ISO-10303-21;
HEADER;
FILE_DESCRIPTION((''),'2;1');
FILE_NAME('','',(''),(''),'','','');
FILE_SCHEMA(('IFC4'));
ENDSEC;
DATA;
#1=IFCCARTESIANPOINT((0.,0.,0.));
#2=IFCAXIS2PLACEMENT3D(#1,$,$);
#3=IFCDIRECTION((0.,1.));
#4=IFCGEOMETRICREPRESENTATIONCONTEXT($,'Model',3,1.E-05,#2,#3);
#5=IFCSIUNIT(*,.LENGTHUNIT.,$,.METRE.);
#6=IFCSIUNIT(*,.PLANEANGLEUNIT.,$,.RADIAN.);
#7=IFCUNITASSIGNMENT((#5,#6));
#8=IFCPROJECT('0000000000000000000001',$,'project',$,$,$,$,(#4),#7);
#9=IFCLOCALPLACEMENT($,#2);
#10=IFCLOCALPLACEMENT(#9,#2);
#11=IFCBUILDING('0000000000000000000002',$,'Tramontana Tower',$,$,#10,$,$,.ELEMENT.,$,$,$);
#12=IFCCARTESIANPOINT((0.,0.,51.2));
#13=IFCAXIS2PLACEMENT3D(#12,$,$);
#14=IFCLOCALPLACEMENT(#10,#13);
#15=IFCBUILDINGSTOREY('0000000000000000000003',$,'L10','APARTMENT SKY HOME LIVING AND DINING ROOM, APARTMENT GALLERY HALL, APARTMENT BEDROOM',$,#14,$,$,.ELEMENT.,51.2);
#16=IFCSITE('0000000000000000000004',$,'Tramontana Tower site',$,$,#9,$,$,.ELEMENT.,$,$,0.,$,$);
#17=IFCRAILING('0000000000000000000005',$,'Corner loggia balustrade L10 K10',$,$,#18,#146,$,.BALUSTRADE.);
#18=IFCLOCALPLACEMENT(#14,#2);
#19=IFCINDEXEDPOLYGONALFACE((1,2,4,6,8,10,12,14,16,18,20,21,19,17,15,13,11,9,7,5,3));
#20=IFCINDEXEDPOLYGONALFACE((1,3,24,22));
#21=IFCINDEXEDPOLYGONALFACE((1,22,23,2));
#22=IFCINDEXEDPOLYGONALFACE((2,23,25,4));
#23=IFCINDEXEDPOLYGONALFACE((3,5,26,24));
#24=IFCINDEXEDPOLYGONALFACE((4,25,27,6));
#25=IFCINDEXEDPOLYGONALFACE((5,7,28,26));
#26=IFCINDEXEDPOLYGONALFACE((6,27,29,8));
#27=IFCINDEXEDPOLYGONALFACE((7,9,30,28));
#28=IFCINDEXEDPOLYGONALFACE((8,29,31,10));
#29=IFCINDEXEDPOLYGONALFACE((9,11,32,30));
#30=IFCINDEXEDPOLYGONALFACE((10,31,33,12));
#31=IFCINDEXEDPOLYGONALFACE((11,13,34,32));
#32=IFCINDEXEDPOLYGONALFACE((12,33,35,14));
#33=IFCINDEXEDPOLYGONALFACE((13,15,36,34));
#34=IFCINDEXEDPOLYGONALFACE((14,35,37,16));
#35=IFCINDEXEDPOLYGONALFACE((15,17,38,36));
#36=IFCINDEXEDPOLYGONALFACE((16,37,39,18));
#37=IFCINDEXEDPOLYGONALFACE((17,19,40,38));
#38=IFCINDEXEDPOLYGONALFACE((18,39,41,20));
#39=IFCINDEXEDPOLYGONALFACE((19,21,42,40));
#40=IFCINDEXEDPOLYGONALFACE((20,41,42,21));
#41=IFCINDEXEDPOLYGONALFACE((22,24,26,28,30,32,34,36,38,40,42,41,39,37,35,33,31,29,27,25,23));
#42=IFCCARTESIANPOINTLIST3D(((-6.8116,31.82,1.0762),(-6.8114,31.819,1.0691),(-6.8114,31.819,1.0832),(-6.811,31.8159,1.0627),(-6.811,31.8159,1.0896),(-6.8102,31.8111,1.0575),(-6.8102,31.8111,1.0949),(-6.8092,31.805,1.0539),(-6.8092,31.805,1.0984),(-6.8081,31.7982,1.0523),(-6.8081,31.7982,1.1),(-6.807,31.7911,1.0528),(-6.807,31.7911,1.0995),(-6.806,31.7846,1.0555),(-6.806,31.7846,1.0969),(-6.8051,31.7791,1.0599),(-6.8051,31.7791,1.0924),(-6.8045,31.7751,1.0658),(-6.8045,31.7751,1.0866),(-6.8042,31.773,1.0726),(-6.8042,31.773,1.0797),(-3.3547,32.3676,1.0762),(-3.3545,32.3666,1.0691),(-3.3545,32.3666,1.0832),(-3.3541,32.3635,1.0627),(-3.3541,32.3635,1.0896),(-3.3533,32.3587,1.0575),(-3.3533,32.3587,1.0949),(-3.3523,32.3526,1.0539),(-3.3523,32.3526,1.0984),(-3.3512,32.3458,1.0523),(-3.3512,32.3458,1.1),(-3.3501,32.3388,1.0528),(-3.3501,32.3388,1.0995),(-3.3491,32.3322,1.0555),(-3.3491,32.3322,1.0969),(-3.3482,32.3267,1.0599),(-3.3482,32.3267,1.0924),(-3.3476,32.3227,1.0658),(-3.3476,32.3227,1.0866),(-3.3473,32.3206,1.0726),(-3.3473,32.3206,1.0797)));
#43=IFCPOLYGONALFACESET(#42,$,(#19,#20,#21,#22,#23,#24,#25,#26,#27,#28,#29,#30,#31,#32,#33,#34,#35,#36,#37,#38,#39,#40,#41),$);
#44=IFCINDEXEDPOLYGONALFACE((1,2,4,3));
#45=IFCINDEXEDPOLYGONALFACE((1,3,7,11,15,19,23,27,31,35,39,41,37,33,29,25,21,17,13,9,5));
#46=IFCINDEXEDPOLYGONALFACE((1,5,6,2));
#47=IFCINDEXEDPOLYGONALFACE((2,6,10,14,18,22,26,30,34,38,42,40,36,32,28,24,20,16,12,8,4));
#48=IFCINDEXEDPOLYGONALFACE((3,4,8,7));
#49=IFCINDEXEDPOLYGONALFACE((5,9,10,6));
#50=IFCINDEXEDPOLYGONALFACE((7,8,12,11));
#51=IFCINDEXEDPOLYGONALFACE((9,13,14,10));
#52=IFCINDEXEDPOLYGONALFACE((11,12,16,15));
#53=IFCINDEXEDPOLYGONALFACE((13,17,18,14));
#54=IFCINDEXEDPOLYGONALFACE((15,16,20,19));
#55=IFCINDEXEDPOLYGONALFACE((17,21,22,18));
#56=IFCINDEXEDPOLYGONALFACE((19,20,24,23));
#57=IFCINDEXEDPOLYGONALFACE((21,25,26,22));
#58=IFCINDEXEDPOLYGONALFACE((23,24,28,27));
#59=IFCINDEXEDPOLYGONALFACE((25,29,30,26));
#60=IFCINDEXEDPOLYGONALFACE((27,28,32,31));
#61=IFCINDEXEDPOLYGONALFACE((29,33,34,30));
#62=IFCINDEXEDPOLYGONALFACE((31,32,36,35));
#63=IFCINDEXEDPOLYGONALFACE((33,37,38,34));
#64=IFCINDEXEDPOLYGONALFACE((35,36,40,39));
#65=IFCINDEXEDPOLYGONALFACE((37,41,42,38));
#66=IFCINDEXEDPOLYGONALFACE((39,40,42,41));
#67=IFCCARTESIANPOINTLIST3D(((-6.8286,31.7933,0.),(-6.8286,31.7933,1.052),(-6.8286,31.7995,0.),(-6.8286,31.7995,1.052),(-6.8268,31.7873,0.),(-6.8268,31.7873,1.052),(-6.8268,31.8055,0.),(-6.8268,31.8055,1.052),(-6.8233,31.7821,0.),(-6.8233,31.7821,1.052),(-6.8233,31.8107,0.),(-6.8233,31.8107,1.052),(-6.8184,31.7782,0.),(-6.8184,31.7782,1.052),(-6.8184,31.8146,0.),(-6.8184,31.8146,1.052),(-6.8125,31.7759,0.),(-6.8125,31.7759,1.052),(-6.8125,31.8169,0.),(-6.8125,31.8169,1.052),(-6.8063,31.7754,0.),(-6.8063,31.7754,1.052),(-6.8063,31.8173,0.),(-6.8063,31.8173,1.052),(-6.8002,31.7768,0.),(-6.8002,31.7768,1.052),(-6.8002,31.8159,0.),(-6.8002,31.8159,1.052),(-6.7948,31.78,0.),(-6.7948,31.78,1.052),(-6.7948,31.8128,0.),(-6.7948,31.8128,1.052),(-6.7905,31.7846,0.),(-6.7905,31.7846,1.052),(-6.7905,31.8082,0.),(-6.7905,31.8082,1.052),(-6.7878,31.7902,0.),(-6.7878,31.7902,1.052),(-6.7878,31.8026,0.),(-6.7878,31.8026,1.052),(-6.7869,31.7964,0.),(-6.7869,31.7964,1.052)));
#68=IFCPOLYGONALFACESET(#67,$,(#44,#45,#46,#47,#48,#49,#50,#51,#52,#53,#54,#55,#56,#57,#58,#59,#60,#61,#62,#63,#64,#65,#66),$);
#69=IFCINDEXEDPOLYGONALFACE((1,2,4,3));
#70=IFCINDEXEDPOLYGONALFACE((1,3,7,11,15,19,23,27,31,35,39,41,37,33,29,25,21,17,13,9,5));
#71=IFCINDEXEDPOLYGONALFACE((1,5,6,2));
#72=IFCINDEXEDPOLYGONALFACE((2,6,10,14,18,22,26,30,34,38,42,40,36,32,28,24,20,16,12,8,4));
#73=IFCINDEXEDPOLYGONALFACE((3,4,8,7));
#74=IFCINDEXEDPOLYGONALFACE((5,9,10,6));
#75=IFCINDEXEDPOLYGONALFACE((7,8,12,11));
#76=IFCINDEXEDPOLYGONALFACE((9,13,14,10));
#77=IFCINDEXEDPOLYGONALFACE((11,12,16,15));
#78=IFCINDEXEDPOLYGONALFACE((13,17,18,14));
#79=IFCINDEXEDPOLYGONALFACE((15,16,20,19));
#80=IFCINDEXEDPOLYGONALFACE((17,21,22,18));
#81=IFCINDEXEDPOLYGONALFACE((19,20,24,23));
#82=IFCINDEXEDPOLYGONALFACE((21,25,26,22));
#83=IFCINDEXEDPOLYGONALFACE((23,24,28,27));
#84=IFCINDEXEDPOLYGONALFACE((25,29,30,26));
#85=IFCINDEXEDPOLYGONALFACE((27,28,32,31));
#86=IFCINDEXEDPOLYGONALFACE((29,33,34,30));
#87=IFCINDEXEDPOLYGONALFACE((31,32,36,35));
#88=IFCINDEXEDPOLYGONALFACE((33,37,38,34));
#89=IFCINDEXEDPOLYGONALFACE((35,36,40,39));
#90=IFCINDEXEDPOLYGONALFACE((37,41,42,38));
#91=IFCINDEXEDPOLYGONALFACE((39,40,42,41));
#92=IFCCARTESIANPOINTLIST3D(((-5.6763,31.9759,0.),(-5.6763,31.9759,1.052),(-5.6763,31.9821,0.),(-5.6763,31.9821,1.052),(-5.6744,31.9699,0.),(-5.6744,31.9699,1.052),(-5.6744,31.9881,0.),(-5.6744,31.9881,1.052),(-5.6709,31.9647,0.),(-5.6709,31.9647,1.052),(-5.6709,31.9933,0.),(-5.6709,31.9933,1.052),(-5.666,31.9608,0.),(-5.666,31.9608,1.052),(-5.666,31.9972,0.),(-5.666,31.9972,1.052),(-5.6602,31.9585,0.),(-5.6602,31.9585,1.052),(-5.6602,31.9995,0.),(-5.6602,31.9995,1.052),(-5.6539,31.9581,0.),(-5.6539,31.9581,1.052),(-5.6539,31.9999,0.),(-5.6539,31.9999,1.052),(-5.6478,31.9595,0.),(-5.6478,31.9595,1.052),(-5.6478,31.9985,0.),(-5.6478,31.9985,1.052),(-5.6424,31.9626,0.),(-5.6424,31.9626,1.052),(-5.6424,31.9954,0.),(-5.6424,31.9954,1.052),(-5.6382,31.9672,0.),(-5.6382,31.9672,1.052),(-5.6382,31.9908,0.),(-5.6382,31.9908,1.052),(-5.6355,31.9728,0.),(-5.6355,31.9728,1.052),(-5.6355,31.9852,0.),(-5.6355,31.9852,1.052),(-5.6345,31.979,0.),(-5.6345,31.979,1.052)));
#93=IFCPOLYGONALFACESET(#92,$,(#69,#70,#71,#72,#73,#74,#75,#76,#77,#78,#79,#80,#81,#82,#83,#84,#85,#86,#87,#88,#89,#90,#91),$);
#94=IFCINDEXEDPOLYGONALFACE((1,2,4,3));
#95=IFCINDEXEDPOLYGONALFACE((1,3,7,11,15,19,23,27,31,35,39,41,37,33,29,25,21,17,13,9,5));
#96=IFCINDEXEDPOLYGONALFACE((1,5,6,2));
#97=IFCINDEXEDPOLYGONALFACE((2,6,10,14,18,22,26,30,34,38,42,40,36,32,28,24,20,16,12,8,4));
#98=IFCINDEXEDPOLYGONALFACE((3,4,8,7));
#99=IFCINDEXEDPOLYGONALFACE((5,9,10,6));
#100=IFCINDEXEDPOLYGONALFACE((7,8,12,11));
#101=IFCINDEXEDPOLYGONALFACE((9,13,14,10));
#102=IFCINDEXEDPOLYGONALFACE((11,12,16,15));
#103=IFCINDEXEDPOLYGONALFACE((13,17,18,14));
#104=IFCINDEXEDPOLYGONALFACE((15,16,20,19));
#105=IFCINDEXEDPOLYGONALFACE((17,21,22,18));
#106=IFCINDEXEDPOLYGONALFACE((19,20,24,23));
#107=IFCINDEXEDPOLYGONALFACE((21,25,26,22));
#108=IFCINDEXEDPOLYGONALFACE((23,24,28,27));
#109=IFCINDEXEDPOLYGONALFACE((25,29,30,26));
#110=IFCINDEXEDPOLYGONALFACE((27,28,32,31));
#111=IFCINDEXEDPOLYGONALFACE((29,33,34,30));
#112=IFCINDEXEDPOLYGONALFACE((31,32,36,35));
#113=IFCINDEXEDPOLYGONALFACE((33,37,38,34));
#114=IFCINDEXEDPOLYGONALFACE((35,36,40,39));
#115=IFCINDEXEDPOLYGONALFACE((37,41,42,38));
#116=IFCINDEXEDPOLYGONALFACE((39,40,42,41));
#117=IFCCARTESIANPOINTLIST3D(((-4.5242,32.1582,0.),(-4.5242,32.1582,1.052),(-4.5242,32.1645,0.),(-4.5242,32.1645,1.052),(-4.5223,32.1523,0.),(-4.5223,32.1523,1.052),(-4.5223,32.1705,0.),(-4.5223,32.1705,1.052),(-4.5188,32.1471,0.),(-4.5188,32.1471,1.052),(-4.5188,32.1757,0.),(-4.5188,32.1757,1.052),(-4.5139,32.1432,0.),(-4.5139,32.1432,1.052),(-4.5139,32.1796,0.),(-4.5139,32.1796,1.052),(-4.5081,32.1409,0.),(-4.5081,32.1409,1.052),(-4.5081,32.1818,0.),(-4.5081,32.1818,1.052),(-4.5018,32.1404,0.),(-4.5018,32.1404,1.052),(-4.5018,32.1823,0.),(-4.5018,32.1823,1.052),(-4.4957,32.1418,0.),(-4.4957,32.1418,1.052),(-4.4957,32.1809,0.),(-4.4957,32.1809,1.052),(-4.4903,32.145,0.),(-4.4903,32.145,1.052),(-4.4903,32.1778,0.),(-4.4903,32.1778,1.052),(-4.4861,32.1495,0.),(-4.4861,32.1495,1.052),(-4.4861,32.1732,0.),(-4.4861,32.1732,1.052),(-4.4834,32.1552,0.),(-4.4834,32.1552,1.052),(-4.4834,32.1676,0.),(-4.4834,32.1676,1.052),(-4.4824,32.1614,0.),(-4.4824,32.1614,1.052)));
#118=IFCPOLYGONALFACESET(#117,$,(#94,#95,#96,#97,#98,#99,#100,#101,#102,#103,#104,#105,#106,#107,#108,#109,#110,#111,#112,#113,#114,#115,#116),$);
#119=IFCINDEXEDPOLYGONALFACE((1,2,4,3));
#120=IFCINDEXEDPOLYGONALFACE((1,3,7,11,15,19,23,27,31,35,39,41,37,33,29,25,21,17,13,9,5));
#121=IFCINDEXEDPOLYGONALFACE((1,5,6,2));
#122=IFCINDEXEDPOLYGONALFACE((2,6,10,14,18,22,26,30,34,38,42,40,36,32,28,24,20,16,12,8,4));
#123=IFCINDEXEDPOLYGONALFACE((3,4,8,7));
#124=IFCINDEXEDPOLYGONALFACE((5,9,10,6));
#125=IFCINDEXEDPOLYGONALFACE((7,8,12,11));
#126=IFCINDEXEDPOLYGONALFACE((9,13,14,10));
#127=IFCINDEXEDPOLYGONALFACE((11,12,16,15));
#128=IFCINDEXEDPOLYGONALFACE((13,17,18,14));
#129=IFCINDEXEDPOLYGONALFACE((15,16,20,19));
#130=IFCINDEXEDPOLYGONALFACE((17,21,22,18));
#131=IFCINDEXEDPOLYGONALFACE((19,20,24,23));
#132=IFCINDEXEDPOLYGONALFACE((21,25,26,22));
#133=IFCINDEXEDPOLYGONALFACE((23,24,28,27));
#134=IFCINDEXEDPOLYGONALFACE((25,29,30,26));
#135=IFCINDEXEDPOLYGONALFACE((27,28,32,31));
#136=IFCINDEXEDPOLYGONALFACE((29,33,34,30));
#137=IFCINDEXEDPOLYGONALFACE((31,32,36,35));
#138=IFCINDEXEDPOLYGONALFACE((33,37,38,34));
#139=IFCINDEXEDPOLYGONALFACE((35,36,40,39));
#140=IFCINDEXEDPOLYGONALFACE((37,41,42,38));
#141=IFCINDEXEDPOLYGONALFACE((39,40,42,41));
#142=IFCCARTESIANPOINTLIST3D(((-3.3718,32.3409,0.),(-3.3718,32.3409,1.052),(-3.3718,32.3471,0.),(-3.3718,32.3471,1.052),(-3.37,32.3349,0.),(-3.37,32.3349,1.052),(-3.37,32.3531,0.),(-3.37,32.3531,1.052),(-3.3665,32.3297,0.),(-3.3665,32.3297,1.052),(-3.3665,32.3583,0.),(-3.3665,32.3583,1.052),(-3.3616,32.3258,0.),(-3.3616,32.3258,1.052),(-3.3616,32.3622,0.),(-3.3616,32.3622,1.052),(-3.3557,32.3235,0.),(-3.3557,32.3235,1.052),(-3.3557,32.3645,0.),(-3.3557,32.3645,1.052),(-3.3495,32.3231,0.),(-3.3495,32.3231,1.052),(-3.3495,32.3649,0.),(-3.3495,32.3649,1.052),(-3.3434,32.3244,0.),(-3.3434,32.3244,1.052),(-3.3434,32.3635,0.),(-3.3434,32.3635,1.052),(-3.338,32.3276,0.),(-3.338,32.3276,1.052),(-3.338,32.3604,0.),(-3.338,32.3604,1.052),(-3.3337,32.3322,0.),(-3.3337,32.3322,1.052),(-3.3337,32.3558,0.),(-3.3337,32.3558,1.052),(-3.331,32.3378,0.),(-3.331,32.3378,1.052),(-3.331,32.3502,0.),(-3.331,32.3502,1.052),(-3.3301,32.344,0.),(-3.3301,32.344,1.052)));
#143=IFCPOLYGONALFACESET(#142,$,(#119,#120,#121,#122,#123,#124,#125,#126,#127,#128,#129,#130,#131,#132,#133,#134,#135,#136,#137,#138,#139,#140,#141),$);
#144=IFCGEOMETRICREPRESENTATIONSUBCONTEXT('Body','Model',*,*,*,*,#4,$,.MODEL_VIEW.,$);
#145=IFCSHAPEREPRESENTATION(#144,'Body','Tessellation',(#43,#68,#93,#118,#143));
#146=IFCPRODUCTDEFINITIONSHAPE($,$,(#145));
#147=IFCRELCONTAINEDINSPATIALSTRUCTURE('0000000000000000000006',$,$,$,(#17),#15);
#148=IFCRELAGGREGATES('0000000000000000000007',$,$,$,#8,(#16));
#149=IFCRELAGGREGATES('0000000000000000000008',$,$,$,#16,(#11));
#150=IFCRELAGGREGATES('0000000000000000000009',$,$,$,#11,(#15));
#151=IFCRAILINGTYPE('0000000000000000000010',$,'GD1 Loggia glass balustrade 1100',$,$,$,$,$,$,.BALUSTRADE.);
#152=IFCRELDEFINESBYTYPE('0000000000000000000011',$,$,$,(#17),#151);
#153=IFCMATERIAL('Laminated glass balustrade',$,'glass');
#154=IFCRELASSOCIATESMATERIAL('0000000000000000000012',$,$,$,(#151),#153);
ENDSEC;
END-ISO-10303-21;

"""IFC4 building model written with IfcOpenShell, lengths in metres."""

from ifc_helpers import new_model, si_unit, direction, frame, origin, origin_2d, place, context, subcontext, project, spatial, circle, extrude, material, type_object, element, save


model = new_model("IFC4")

# Units and contexts
model_context = context("Model", 3, precision=1e-05, world=origin(), true_north=direction((0.0, 1.0)))
body_context = subcontext(model_context, "Body", "Model", "MODEL_VIEW")
ifc_project = project(units=[si_unit("LENGTHUNIT", "METRE"), si_unit("PLANEANGLEUNIT", "RADIAN")], contexts=[model_context])

# Site, building, storey
site_placement = place(None, origin())
site = spatial("IfcSite", under=ifc_project, at=site_placement, Name="Tramontana Tower site", CompositionType="ELEMENT", RefElevation=0.0)
building_placement = place(site_placement, origin())
building = spatial("IfcBuilding", under=site, at=building_placement, Name="Tramontana Tower", CompositionType="ELEMENT")
storey_placement = place(building_placement, frame((0.0, 0.0, 51.2)))
storey = spatial("IfcBuildingStorey", under=building, at=storey_placement, Name="L10", Description="APARTMENT SKY HOME LIVING AND DINING ROOM, APARTMENT GALLERY HALL, APARTMENT BEDROOM", CompositionType="ELEMENT", Elevation=51.2)

# Railing
ifc_material_1 = material(Name="Laminated glass balustrade", Category="glass")
railing_type = type_object("IfcRailingType", Name="GD1 Loggia glass balustrade 1100", PredefinedType="BALUSTRADE", material=ifc_material_1)
railing_1_placement = place(storey_placement, frame((-6.8079, 31.7964, 0.0)))
element("IfcRailing", 1, at=railing_1_placement, inside=storey, type_object=railing_type, Name="Corner loggia balustrade L10 K10", PredefinedType="BALUSTRADE", context=body_context, shape_type="SweptSolid", body=[
    extrude(circle(Radius=0.0239, at=origin_2d()), frame((0.0, 0.0, 1.0762), z_axis=(0.987684, 0.156464, 0.0), x_axis=(-0.156464, 0.987684, 0.0)), (0.0, 0.0, 1.0), 3.5),
    extrude(circle(Radius=0.021, at=origin_2d()), origin(), (0.0, 0.0, 1.0), 1.052),
    extrude(circle(Radius=0.021, at=origin_2d()), frame((1.1523, 0.1826, 0.0)), (0.0, 0.0, 1.0), 1.052),
    extrude(circle(Radius=0.021, at=origin_2d()), frame((2.3044, 0.365, 0.0)), (0.0, 0.0, 1.0), 1.052),
    extrude(circle(Radius=0.021, at=origin_2d()), frame((3.4568, 0.5476, 0.0)), (0.0, 0.0, 1.0), 1.052),
])

save(model, "model.ifc")
